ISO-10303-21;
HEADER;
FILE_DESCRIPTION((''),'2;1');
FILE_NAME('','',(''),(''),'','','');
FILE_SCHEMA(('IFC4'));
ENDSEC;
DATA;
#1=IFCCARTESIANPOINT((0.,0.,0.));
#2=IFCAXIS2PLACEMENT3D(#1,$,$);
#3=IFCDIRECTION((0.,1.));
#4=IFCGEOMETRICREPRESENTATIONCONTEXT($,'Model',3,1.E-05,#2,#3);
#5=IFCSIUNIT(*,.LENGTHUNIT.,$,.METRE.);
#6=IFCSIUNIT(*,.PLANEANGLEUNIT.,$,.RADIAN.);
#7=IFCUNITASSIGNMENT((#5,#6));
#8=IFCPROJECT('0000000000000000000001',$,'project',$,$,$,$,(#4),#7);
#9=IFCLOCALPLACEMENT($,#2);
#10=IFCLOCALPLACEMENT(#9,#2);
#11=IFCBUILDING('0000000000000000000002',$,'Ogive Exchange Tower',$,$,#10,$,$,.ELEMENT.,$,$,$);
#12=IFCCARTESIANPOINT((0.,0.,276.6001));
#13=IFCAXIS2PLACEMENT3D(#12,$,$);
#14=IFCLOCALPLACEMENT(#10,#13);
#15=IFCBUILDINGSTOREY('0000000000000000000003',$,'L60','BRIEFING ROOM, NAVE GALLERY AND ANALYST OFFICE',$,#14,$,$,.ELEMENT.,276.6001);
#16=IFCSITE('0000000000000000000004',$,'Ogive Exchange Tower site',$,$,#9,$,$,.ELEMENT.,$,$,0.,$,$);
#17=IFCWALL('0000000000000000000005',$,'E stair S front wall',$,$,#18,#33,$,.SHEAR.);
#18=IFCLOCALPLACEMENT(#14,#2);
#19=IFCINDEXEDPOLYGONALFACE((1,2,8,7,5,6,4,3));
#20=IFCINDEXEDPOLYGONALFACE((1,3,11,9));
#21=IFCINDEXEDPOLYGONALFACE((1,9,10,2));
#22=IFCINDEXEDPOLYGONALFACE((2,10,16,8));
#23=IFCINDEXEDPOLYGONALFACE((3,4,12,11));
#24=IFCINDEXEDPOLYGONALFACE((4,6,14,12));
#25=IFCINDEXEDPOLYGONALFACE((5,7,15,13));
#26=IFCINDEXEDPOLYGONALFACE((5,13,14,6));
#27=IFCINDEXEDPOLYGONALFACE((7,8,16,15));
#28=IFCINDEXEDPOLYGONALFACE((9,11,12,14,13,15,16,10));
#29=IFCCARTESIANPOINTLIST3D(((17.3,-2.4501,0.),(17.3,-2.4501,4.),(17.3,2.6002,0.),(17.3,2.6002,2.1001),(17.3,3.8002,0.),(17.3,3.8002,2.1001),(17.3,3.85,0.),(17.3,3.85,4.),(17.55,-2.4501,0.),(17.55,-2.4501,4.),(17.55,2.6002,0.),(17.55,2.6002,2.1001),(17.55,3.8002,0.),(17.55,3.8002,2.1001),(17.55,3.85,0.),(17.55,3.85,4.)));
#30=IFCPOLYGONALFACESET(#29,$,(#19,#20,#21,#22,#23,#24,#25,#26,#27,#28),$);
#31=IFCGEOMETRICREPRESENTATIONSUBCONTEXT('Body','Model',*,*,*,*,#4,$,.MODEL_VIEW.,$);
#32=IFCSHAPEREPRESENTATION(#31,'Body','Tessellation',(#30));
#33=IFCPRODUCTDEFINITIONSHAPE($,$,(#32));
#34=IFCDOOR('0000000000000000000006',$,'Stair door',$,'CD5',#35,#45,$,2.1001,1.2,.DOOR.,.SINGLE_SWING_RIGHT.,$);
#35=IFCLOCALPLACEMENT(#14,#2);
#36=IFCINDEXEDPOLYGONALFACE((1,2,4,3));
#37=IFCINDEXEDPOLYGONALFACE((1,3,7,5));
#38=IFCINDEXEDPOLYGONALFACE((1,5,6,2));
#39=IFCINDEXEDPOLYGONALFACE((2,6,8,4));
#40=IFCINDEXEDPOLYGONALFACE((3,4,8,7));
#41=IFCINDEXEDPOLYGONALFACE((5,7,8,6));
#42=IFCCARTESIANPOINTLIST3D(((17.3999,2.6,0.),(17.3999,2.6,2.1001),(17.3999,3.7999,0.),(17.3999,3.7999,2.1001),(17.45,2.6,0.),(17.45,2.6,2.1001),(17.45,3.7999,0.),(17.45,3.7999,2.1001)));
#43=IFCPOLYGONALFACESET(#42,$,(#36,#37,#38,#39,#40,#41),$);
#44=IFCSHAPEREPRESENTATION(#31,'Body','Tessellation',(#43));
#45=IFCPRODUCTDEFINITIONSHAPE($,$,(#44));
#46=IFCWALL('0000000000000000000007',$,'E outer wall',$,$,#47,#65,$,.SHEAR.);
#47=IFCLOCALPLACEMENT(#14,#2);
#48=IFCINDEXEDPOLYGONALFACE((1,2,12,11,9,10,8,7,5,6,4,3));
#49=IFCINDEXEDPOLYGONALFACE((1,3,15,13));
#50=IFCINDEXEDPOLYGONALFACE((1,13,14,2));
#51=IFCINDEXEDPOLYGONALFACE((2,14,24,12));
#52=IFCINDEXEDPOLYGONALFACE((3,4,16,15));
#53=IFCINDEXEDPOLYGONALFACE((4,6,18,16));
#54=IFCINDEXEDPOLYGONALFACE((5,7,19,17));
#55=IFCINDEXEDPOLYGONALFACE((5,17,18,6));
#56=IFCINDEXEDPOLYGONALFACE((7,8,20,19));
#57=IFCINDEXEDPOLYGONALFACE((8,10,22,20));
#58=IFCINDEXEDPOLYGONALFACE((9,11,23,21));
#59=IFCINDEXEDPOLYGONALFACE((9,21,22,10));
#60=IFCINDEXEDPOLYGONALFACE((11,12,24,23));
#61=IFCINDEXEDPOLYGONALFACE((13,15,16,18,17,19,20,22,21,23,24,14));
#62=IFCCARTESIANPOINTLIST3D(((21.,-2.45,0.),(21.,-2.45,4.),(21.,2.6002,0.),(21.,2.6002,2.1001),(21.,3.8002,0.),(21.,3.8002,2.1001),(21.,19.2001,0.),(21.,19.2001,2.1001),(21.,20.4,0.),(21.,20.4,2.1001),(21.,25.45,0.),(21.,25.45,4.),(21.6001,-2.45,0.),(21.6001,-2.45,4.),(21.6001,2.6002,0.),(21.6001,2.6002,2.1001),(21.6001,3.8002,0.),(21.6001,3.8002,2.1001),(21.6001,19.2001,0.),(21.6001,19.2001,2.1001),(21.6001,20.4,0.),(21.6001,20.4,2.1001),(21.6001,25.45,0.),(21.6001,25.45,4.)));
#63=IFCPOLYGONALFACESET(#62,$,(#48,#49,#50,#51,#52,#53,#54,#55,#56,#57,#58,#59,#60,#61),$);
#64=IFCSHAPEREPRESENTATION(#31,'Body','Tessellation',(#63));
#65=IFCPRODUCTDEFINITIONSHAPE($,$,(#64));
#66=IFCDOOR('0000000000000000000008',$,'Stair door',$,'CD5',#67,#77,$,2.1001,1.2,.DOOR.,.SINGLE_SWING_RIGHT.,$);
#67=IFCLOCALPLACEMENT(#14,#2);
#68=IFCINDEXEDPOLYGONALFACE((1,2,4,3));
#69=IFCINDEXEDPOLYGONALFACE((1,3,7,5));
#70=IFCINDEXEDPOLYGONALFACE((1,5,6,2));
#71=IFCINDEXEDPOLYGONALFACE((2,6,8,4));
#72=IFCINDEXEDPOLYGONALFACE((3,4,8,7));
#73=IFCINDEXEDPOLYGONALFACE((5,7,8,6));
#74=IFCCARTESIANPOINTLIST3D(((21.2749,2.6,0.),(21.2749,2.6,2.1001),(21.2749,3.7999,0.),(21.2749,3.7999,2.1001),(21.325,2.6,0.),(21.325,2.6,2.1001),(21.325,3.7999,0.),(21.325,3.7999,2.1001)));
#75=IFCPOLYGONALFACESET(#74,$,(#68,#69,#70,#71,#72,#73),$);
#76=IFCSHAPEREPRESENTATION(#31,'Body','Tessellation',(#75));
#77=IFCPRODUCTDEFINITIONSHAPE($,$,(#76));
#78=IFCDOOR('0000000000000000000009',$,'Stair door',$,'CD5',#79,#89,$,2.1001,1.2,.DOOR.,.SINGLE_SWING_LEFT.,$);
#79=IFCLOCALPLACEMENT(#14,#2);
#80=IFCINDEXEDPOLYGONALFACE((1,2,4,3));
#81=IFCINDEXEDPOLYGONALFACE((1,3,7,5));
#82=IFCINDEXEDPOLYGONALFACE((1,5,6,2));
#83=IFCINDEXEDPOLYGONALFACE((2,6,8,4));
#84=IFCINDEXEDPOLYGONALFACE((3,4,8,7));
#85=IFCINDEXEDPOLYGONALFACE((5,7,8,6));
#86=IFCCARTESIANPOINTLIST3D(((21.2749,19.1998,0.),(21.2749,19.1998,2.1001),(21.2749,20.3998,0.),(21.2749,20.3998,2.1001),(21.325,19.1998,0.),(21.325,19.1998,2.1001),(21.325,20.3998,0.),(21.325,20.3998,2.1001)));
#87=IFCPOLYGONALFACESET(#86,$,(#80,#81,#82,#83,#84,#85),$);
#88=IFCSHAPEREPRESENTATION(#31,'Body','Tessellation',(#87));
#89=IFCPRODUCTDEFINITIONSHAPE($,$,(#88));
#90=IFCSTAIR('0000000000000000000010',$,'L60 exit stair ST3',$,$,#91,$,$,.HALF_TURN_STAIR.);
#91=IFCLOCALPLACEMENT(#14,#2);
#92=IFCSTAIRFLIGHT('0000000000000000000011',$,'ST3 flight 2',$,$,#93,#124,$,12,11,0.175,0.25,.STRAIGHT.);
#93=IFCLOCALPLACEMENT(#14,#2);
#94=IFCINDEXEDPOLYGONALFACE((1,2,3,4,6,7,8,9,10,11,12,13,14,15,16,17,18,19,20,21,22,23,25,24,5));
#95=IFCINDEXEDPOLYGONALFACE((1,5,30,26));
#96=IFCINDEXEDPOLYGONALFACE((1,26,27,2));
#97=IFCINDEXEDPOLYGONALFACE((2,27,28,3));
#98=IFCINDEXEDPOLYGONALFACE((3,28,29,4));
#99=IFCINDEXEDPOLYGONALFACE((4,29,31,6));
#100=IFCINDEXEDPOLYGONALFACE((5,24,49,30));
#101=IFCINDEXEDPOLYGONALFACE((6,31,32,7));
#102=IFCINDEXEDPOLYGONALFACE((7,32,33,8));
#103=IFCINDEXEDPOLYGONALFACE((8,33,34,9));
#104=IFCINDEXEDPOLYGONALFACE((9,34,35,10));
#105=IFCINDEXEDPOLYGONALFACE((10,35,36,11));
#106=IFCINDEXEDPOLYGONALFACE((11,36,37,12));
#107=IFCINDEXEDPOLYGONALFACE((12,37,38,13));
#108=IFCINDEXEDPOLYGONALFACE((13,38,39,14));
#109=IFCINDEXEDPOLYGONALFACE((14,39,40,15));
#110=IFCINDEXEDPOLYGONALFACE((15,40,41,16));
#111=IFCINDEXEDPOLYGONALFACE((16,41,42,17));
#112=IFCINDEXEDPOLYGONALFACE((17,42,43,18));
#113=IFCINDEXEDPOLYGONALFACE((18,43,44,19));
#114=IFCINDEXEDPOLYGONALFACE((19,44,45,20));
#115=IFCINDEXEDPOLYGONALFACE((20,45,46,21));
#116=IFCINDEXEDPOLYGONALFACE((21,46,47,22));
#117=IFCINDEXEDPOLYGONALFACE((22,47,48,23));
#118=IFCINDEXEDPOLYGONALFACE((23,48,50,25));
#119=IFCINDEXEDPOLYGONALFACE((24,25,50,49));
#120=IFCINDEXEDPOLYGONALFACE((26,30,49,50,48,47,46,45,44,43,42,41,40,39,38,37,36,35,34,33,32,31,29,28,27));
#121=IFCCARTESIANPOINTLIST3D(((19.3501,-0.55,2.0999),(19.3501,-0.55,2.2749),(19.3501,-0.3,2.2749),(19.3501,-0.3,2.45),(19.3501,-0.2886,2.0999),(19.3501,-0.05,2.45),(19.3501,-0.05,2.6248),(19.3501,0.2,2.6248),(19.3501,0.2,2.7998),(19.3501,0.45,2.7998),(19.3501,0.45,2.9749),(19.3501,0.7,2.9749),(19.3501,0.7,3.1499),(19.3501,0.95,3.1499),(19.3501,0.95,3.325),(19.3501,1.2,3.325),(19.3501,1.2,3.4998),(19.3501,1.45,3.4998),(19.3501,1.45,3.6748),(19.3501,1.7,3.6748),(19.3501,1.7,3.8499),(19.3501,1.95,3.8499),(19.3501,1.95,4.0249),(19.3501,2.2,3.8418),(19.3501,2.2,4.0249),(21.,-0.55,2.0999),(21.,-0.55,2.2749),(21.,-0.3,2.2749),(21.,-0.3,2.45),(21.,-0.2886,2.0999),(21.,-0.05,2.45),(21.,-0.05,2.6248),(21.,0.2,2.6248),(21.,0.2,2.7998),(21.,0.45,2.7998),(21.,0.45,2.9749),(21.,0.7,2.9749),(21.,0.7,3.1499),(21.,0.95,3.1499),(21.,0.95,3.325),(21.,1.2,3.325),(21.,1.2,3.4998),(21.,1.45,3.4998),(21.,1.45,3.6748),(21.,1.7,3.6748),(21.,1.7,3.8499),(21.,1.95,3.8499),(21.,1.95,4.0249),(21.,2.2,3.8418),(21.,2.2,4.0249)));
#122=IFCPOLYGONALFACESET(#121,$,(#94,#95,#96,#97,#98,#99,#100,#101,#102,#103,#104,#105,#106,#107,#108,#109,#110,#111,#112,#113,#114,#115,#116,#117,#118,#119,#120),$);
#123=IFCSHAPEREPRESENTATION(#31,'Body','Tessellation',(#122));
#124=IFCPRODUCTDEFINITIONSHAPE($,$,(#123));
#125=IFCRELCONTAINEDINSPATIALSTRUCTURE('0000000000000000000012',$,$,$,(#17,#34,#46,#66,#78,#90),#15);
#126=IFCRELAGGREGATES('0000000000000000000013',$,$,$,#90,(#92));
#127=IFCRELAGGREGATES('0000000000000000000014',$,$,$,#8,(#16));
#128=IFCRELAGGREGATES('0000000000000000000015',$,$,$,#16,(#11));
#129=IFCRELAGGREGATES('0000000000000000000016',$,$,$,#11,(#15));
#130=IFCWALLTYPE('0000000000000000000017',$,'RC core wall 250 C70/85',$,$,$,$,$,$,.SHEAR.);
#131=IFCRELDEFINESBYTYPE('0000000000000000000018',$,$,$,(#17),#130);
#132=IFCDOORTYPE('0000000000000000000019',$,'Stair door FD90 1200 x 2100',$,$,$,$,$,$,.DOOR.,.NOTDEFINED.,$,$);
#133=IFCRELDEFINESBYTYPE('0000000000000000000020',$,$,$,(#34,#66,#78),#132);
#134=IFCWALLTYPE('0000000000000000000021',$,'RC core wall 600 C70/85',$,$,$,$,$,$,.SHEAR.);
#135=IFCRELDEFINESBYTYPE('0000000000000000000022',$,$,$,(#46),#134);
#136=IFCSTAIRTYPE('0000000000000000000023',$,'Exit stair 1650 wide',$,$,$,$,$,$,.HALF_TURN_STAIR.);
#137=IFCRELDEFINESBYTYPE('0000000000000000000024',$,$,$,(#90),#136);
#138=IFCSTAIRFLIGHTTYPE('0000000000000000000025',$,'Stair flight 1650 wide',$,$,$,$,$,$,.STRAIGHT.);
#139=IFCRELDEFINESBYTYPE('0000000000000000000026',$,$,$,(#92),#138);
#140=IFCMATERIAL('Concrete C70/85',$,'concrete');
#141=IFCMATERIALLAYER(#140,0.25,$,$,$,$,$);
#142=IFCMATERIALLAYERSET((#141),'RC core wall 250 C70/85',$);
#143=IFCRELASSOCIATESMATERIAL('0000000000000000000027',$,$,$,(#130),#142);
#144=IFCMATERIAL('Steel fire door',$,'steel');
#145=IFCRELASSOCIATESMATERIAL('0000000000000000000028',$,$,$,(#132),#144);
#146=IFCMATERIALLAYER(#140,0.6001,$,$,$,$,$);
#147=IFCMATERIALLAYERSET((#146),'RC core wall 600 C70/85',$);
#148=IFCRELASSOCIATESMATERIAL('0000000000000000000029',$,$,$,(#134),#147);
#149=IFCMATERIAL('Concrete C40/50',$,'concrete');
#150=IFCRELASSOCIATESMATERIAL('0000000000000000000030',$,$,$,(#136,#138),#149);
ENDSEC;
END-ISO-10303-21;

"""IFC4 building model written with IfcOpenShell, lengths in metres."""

from ifc_helpers import new_model, si_unit, direction, frame, frame_2d, origin, place, context, subcontext, project, spatial, polyline, rectangle, outline, extrude, material, layer, layer_set, type_object, element, fill, aggregate, save


model = new_model("IFC4")

# Units and contexts
model_context = context("Model", 3, precision=1e-05, world=origin(), true_north=direction((0.0, 1.0)))
body_context = subcontext(model_context, "Body", "Model", "MODEL_VIEW")
ifc_project = project(units=[si_unit("LENGTHUNIT", "METRE"), si_unit("PLANEANGLEUNIT", "RADIAN")], contexts=[model_context])

# Site, building, storey
site_placement = place(None, origin())
site = spatial("IfcSite", under=ifc_project, at=site_placement, Name="Ogive Exchange Tower site", CompositionType="ELEMENT", RefElevation=0.0)
building_placement = place(site_placement, origin())
building = spatial("IfcBuilding", under=site, at=building_placement, Name="Ogive Exchange Tower", CompositionType="ELEMENT")
storey_placement = place(building_placement, frame((0.0, 0.0, 276.6001)))
storey = spatial("IfcBuildingStorey", under=building, at=storey_placement, Name="L60", Description="BRIEFING ROOM, NAVE GALLERY AND ANALYST OFFICE", CompositionType="ELEMENT", Elevation=276.6001)

# Wall, opening, door
ifc_material_1 = material(Name="Concrete C70/85", Category="concrete")
ifc_layer_1 = layer(ifc_material_1, 0.25)
ifc_layer_set_1 = layer_set([ifc_layer_1], Name="RC core wall 250 C70/85")
wall_type_1 = type_object("IfcWallType", Name="RC core wall 250 C70/85", PredefinedType="SHEAR", material=ifc_layer_set_1)
wall_1_placement = place(storey_placement, frame((17.425, -2.45, 0.0), z_axis=(0.0, 0.0, 1.0), x_axis=(0.0, 1.0, 0.0)))
wall_1 = element("IfcWall", 1, at=wall_1_placement, inside=storey, type_object=wall_type_1, Name="E stair S front wall", PredefinedType="SHEAR", context=body_context, shape_type="SweptSolid", body=[
    extrude(rectangle(XDim=6.3, YDim=0.25, at=frame_2d((3.1499, 0.0))), origin(), (0.0, 0.0, 1.0), 4.0),
])
opening_1_placement = place(wall_1_placement, frame((5.05, 0.0, 0.0)))
opening_1 = element("IfcOpeningElement", 2, at=opening_1_placement, cuts=wall_1, PredefinedType="OPENING", context=body_context, shape_type="SweptSolid", body=[
    extrude(rectangle(XDim=1.2, YDim=2.1001, at=frame_2d((0.6001, 1.05))), frame((0.0, 0.135, 0.0), z_axis=(0.0, -1.0, 0.0), x_axis=(1.0, 0.0, 0.0)), (0.0, 0.0, 1.0), 0.27),
])
ifc_material_2 = material(Name="Steel fire door", Category="steel")
door_type_1 = type_object("IfcDoorType", Name="Stair door FD90 1200 x 2100", OperationType="NOTDEFINED", PredefinedType="DOOR", material=ifc_material_2)
door_1_placement = place(opening_1_placement, frame((1.2, 0.0, 0.0), z_axis=(0.0, 0.0, 1.0), x_axis=(-1.0, 0.0, 0.0)))
door_1 = element("IfcDoor", 3, at=door_1_placement, inside=storey, type_object=door_type_1, Name="Stair door", ObjectType="CD5", OperationType="SINGLE_SWING_RIGHT", OverallHeight=2.1001, OverallWidth=1.2, PredefinedType="DOOR", context=body_context, shape_type="SweptSolid", body=[
    extrude(rectangle(XDim=1.2, YDim=2.1001, at=frame_2d((0.6001, 1.05))), frame((0.0, 0.0249, 0.0), z_axis=(0.0, -1.0, 0.0), x_axis=(1.0, 0.0, 0.0)), (0.0, 0.0, 1.0), 0.05),
])
fill(opening_1, door_1)

# Wall, openings, doors
ifc_layer_2 = layer(ifc_material_1, 0.6001)
ifc_layer_set_2 = layer_set([ifc_layer_2], Name="RC core wall 600 C70/85")
wall_type_2 = type_object("IfcWallType", Name="RC core wall 600 C70/85", PredefinedType="SHEAR", material=ifc_layer_set_2)
wall_2_placement = place(storey_placement, frame((21.3, -2.45, 0.0), z_axis=(0.0, 0.0, 1.0), x_axis=(0.0, 1.0, 0.0)))
wall_2 = element("IfcWall", 4, at=wall_2_placement, inside=storey, type_object=wall_type_2, Name="E outer wall", PredefinedType="SHEAR", context=body_context, shape_type="SweptSolid", body=[
    extrude(rectangle(XDim=27.8999, YDim=0.6001, at=frame_2d((13.95, 0.0))), origin(), (0.0, 0.0, 1.0), 4.0),
])
opening_2_placement = place(wall_2_placement, frame((5.05, 0.0, 0.0)))
opening_2 = element("IfcOpeningElement", 5, at=opening_2_placement, cuts=wall_2, PredefinedType="OPENING", context=body_context, shape_type="SweptSolid", body=[
    extrude(rectangle(XDim=1.2, YDim=2.1001, at=frame_2d((0.6001, 1.05))), frame((0.0, 0.3101, 0.0), z_axis=(0.0, -1.0, 0.0), x_axis=(1.0, 0.0, 0.0)), (0.0, 0.0, 1.0), 0.6201),
])
opening_3_placement = place(wall_2_placement, frame((21.6499, 0.0, 0.0)))
opening_3 = element("IfcOpeningElement", 6, at=opening_3_placement, cuts=wall_2, PredefinedType="OPENING", context=body_context, shape_type="SweptSolid", body=[
    extrude(rectangle(XDim=1.2, YDim=2.1001, at=frame_2d((0.6001, 1.05))), frame((0.0, 0.3101, 0.0), z_axis=(0.0, -1.0, 0.0), x_axis=(1.0, 0.0, 0.0)), (0.0, 0.0, 1.0), 0.6201),
])
door_2_placement = place(opening_2_placement, frame((1.2, 0.0, 0.0), z_axis=(0.0, 0.0, 1.0), x_axis=(-1.0, 0.0, 0.0)))
door_2 = element("IfcDoor", 7, at=door_2_placement, inside=storey, type_object=door_type_1, Name="Stair door", ObjectType="CD5", OperationType="SINGLE_SWING_RIGHT", OverallHeight=2.1001, OverallWidth=1.2, PredefinedType="DOOR", context=body_context, shape_type="SweptSolid", body=[
    extrude(rectangle(XDim=1.2, YDim=2.1001, at=frame_2d((0.6001, 1.05))), frame((0.0, 0.0249, 0.0), z_axis=(0.0, -1.0, 0.0), x_axis=(1.0, 0.0, 0.0)), (0.0, 0.0, 1.0), 0.05),
])
fill(opening_2, door_2)
door_3_placement = place(opening_3_placement, frame((1.2, 0.0, 0.0), z_axis=(0.0, 0.0, 1.0), x_axis=(-1.0, 0.0, 0.0)))
door_3 = element("IfcDoor", 8, at=door_3_placement, inside=storey, type_object=door_type_1, Name="Stair door", ObjectType="CD5", OperationType="SINGLE_SWING_LEFT", OverallHeight=2.1001, OverallWidth=1.2, PredefinedType="DOOR", context=body_context, shape_type="SweptSolid", body=[
    extrude(rectangle(XDim=1.2, YDim=2.1001, at=frame_2d((0.6001, 1.05))), frame((0.0, 0.0249, 0.0), z_axis=(0.0, -1.0, 0.0), x_axis=(1.0, 0.0, 0.0)), (0.0, 0.0, 1.0), 0.05),
])
fill(opening_3, door_3)

# Stair, stair flight
ifc_material_3 = material(Name="Concrete C40/50", Category="concrete")
stair_type = type_object("IfcStairType", Name="Exit stair 1650 wide", PredefinedType="HALF_TURN_STAIR", material=ifc_material_3)
stair_placement = place(storey_placement, origin())
stair = element("IfcStair", 9, at=stair_placement, inside=storey, type_object=stair_type, Name="L60 exit stair ST3", PredefinedType="HALF_TURN_STAIR")
stair_flight_type = type_object("IfcStairFlightType", Name="Stair flight 1650 wide", PredefinedType="STRAIGHT", material=ifc_material_3)
stair_flight_placement = place(storey_placement, frame((20.175, -0.55, 2.0999), z_axis=(0.0, 0.0, 1.0), x_axis=(0.0, 1.0, 0.0)))
stair_flight = element("IfcStairFlight", 10, at=stair_flight_placement, type_object=stair_flight_type, Name="ST3 flight 2", NumberOfRisers=12, NumberOfTreads=11, PredefinedType="STRAIGHT", RiserHeight=0.175, TreadLength=0.25, context=body_context, shape_type="SweptSolid", body=[
    extrude(outline(polyline([(0.0, 0.0), (0.0, 0.175), (0.25, 0.175), (0.25, 0.3501), (0.5, 0.3501), (0.5, 0.5249), (0.75, 0.5249), (0.75, 0.7), (1.0, 0.7), (1.0, 0.875), (1.25, 0.875), (1.25, 1.05), (1.5, 1.05), (1.5, 1.2251), (1.75, 1.2251), (1.75, 1.3999), (2.0, 1.3999), (2.0, 1.575), (2.25, 1.575), (2.25, 1.75), (2.5, 1.75), (2.5, 1.925), (2.75, 1.925), (2.75, 2.1001), (2.75, 1.7419), (0.2615, 0.0), (0.0, 0.0)])), frame((0.0, 0.825, 0.0), z_axis=(0.0, -1.0, 0.0), x_axis=(1.0, 0.0, 0.0)), (0.0, 0.0, 1.0), 1.6499),
])
aggregate(stair, [stair_flight])

save(model, "model.ifc")
